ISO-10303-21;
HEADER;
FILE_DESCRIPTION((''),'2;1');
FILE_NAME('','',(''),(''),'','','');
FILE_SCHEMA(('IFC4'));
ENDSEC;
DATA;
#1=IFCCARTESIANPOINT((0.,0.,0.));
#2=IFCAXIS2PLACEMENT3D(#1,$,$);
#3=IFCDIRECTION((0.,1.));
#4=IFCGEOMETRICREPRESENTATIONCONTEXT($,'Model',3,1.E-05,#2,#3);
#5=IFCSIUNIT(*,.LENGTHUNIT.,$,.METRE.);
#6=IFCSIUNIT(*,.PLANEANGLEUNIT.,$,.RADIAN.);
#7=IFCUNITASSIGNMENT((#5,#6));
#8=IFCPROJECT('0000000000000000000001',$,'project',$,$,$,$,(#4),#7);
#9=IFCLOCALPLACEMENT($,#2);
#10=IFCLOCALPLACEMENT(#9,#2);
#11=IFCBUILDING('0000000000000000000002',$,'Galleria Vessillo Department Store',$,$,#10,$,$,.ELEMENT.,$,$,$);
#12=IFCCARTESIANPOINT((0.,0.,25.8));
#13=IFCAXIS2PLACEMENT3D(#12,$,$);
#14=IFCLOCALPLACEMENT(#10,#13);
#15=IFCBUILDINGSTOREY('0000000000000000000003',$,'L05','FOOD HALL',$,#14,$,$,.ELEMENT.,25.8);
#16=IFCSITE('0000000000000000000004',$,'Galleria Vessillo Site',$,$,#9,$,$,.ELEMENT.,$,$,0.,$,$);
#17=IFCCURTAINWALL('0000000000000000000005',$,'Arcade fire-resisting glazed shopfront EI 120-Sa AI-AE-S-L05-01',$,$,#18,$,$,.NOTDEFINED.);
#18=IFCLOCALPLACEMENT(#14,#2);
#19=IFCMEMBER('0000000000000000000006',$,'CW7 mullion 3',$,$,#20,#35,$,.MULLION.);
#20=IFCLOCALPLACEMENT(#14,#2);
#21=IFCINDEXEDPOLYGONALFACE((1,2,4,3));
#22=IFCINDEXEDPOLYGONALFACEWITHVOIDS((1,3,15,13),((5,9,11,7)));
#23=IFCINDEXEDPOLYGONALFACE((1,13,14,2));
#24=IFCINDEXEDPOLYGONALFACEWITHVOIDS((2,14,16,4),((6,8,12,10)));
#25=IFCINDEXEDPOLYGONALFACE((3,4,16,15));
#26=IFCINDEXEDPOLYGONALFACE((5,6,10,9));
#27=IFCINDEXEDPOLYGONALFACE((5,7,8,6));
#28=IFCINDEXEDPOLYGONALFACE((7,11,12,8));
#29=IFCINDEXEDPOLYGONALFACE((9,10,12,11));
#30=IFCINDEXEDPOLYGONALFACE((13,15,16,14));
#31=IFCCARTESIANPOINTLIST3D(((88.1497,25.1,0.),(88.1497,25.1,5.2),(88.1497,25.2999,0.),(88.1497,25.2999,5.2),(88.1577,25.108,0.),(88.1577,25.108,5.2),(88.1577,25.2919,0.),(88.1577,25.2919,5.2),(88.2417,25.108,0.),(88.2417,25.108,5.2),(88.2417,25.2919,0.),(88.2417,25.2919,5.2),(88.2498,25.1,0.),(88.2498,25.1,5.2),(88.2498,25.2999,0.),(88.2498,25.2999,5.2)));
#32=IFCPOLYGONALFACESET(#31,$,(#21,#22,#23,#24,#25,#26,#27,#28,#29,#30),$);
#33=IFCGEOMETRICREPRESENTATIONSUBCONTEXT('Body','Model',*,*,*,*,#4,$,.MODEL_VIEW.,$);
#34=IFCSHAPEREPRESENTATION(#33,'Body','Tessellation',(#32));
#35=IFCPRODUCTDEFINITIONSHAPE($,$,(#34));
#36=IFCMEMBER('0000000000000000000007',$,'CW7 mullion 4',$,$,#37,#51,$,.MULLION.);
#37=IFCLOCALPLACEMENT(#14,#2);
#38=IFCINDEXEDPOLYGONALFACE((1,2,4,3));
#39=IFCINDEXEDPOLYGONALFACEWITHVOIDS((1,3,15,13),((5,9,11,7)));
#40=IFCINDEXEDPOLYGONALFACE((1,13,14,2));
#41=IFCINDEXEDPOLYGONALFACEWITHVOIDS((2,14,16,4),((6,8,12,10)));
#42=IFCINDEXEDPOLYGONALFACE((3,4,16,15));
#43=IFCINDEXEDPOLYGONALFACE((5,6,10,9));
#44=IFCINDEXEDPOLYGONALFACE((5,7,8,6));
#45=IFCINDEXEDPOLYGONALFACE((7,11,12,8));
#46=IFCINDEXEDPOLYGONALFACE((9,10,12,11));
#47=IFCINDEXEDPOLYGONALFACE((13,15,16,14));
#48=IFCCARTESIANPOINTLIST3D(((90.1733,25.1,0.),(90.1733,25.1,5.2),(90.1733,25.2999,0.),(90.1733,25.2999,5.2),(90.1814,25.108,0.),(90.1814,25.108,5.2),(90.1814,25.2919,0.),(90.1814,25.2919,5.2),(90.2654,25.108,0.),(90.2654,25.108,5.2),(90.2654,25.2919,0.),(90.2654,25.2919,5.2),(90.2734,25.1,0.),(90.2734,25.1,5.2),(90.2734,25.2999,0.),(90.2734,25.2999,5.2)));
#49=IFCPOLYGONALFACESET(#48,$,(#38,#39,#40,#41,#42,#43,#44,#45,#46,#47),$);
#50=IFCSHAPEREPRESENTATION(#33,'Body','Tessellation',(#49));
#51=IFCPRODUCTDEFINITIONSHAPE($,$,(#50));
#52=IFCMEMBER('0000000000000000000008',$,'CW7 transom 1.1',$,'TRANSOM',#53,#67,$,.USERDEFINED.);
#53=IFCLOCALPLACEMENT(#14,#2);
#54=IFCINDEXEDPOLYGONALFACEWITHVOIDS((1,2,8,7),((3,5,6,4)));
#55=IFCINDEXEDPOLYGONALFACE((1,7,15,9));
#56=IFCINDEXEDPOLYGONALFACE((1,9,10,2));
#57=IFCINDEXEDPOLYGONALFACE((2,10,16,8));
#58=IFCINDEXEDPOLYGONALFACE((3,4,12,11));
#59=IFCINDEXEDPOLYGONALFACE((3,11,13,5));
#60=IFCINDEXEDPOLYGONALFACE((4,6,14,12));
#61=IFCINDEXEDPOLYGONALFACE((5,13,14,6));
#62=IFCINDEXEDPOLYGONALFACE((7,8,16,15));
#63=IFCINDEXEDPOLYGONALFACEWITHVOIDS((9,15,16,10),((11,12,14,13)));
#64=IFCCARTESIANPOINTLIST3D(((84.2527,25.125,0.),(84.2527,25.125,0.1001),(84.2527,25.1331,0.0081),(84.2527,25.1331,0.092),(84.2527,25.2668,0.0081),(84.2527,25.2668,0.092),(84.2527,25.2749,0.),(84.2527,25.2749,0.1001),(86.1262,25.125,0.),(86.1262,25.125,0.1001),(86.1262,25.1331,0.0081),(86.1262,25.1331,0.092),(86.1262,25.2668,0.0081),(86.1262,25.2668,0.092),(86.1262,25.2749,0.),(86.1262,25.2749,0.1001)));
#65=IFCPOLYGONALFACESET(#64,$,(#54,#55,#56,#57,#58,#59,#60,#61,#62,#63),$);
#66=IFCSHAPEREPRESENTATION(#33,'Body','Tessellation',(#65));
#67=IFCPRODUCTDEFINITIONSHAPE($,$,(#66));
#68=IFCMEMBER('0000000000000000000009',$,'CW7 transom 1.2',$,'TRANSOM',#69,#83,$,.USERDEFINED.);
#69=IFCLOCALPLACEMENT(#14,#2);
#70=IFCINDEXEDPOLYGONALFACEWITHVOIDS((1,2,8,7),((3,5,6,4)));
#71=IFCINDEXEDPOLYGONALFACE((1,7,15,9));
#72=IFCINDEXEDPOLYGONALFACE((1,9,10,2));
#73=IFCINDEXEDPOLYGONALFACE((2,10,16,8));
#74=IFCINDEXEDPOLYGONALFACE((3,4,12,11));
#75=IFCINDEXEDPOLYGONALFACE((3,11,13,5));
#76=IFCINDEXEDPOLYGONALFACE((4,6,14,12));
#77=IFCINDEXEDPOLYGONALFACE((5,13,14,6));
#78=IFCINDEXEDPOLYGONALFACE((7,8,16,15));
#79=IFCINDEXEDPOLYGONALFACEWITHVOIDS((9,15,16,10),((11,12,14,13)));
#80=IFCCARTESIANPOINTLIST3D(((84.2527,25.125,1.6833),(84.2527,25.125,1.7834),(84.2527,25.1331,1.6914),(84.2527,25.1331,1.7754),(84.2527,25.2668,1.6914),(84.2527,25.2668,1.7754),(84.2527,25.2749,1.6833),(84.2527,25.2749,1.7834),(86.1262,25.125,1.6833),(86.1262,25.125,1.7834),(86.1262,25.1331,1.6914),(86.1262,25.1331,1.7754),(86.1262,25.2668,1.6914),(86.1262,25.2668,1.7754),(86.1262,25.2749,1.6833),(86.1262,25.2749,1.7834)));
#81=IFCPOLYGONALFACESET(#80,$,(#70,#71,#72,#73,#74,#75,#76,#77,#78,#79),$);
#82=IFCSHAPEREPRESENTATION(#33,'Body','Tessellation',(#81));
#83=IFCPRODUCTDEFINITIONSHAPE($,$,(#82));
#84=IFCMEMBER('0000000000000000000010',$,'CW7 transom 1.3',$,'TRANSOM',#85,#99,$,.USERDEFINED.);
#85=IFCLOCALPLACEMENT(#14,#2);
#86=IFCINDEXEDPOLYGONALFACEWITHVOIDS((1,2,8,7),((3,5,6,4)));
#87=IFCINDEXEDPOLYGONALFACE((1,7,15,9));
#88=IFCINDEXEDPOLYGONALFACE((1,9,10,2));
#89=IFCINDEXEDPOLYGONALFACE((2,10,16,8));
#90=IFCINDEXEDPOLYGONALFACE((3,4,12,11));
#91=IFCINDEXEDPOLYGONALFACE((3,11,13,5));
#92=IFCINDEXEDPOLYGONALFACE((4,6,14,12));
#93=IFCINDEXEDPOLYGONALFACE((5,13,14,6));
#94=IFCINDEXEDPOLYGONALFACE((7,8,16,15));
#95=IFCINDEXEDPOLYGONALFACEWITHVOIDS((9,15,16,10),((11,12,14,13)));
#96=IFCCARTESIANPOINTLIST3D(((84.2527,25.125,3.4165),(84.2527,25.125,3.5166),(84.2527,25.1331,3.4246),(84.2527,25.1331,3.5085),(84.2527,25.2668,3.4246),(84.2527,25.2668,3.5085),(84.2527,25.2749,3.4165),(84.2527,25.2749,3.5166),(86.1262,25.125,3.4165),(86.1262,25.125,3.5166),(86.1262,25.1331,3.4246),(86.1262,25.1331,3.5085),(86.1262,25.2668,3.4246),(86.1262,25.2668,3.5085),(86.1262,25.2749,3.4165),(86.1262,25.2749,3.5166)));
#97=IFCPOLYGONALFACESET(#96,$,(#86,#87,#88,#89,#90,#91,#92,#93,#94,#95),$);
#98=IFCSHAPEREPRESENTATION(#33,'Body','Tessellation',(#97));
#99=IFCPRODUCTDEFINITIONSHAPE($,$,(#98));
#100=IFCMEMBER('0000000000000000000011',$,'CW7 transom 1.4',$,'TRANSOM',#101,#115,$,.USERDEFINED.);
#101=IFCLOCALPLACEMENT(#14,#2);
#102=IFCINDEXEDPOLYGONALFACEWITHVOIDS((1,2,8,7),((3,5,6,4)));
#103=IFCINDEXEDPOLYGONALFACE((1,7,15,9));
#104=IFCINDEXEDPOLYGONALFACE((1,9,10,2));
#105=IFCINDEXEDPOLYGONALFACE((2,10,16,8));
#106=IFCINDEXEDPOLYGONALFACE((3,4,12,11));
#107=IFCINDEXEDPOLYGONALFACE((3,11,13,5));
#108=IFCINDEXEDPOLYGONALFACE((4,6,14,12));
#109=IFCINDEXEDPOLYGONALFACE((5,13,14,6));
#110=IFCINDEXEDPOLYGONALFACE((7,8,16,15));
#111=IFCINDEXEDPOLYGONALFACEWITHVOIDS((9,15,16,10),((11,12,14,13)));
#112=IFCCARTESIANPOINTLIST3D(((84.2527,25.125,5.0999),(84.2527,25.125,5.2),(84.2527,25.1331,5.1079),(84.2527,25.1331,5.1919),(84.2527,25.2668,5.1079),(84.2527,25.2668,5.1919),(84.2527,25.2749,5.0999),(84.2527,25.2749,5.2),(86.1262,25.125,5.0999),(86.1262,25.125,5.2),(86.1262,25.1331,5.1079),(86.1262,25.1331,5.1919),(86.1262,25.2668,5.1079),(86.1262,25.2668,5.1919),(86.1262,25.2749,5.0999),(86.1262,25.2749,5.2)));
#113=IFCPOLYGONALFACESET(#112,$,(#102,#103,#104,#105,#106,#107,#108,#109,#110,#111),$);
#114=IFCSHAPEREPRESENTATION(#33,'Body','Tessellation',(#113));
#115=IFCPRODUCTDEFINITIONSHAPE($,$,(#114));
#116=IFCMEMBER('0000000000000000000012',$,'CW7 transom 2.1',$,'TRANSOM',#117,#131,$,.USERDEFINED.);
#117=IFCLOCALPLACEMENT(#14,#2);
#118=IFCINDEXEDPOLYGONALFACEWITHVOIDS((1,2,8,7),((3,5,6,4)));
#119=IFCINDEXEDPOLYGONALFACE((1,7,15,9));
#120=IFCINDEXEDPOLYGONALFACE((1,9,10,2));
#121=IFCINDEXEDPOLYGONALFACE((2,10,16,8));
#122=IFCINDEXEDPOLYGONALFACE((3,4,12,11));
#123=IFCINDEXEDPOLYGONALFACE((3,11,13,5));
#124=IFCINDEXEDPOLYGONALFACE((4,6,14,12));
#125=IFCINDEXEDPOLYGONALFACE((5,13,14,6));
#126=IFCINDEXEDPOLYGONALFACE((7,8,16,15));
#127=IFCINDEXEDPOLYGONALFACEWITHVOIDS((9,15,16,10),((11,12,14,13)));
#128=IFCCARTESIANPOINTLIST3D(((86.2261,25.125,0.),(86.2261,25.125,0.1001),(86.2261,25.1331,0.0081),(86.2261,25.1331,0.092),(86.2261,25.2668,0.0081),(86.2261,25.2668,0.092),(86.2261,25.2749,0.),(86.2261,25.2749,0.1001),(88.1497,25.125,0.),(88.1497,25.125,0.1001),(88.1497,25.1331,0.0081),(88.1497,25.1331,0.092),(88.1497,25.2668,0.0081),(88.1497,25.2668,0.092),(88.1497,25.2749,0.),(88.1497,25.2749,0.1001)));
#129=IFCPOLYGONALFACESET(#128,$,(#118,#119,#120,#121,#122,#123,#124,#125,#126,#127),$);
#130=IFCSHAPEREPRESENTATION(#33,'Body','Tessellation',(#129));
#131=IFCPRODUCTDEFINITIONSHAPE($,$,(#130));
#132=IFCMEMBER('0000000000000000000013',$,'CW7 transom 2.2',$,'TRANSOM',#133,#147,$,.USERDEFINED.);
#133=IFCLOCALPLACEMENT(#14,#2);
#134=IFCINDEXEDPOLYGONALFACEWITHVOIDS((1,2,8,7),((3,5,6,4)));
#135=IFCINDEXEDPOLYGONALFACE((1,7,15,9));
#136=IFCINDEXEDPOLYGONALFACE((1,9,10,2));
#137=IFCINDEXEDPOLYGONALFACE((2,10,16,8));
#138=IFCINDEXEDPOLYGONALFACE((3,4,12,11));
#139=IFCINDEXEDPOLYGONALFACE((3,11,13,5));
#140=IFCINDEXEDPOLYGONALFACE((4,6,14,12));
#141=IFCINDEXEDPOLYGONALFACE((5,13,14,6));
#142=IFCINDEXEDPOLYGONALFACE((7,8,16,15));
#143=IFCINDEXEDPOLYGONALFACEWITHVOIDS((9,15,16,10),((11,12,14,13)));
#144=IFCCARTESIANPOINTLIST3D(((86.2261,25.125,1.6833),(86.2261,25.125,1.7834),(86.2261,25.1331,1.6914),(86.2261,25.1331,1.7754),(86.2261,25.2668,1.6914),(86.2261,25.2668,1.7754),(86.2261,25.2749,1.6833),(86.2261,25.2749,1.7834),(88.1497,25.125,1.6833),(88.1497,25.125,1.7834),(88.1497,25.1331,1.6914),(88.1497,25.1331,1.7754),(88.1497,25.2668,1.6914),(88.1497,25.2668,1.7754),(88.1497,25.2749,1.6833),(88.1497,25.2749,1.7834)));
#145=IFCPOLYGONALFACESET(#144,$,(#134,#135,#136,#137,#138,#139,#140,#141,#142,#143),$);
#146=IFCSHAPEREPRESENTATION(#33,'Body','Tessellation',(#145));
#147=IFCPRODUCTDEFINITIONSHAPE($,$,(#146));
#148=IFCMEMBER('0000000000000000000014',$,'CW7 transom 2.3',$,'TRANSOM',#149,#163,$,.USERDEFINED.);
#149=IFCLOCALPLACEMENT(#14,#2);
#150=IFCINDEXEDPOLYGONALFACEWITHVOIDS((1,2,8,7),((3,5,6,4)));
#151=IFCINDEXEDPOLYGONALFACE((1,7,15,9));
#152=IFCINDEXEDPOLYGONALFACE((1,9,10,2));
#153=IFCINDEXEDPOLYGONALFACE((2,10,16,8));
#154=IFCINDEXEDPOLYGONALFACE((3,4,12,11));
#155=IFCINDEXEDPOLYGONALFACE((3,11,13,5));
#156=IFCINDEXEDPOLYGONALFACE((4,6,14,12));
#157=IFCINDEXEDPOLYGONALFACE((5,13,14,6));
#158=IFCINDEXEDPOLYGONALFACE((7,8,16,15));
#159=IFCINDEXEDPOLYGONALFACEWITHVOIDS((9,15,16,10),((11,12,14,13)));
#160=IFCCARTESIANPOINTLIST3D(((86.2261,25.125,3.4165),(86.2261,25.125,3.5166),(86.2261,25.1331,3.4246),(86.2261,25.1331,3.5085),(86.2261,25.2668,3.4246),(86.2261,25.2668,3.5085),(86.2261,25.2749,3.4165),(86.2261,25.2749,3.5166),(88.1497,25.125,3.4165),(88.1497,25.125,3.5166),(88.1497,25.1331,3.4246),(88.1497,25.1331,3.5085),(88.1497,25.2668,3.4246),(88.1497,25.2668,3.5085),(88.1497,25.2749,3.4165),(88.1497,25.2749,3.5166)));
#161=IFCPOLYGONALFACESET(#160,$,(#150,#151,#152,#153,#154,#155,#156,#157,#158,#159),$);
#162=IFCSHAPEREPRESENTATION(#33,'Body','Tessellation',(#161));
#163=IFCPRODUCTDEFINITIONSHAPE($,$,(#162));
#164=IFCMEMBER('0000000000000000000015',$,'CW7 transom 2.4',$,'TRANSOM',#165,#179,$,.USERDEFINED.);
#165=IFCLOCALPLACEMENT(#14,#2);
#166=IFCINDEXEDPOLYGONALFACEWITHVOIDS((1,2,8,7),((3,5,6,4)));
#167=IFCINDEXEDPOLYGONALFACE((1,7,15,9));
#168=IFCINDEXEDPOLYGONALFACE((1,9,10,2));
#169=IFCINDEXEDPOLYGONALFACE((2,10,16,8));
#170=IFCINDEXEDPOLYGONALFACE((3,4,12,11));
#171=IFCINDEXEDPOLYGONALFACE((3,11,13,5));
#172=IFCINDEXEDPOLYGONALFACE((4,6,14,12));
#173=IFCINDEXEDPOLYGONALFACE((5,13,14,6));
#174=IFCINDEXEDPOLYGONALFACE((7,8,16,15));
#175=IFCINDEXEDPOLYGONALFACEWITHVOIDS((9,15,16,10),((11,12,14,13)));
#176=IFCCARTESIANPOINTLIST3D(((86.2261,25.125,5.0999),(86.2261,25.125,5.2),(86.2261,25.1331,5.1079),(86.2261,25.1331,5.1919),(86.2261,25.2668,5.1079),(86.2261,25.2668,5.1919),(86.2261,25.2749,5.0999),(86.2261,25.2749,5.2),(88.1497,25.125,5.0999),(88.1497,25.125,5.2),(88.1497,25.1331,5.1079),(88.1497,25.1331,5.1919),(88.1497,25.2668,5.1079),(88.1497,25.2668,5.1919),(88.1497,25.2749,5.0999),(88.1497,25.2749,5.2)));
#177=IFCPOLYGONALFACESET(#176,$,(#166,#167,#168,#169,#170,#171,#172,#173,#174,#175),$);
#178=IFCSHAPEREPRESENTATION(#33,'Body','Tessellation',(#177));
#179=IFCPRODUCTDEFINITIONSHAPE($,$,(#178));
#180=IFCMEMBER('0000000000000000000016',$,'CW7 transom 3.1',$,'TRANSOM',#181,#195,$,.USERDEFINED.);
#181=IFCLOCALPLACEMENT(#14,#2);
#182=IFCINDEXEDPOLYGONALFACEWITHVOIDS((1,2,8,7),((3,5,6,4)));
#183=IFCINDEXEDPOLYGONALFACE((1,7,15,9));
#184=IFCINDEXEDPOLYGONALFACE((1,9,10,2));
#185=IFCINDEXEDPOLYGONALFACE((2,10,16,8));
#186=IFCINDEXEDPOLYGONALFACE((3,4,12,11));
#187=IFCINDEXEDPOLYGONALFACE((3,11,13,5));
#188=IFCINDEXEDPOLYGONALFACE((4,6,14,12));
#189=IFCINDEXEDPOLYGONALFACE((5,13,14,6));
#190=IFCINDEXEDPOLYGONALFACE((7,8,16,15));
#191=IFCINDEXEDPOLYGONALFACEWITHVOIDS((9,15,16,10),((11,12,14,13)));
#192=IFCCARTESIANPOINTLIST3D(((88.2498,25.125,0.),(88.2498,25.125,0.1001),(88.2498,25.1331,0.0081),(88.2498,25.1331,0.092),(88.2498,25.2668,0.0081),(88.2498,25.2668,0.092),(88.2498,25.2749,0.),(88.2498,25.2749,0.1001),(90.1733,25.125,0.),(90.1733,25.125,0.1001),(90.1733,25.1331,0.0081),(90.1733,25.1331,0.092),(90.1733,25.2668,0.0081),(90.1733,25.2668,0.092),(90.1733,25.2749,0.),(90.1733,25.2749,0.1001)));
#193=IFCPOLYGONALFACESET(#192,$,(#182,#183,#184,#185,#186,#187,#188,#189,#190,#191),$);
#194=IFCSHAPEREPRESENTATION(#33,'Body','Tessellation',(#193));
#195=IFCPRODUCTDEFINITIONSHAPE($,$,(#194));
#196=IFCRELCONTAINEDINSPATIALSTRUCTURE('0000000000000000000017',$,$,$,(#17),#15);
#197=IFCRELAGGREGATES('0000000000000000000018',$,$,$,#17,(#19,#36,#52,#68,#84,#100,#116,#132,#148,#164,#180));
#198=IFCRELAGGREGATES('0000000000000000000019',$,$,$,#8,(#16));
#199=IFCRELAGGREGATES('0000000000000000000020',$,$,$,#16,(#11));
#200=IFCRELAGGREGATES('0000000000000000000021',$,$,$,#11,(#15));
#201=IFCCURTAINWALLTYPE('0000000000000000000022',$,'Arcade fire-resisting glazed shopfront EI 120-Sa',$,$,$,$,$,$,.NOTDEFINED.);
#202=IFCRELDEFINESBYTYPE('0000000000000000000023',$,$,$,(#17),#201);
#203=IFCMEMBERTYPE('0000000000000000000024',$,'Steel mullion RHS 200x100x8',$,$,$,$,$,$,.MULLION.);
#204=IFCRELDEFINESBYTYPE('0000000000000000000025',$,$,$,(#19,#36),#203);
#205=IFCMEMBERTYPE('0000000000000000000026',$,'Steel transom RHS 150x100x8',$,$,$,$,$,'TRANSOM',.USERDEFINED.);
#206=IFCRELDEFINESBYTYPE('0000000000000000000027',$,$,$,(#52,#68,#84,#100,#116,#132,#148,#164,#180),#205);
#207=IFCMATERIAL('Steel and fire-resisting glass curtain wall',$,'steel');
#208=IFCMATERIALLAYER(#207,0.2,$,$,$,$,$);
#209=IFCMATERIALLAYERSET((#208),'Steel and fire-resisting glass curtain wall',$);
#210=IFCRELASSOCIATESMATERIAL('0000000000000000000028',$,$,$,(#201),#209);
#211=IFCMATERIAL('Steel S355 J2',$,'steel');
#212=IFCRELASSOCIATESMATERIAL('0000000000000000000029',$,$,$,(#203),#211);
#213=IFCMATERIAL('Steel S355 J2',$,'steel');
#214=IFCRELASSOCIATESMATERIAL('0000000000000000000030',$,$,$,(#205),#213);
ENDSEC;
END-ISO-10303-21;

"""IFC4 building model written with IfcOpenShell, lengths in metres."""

from ifc_helpers import new_model, si_unit, direction, frame, origin, origin_2d, place, context, subcontext, project, spatial, hollow_rectangle, extrude, material, layer, layer_set, material_profile, profile_set, type_object, element, aggregate, save


model = new_model("IFC4")

# Units and contexts
model_context = context("Model", 3, precision=1e-05, world=origin(), true_north=direction((0.0, 1.0)))
body_context = subcontext(model_context, "Body", "Model", "MODEL_VIEW")
ifc_project = project(units=[si_unit("LENGTHUNIT", "METRE"), si_unit("PLANEANGLEUNIT", "RADIAN")], contexts=[model_context])

# Site, building, storey
site_placement = place(None, origin())
site = spatial("IfcSite", under=ifc_project, at=site_placement, Name="Galleria Vessillo Site", CompositionType="ELEMENT", RefElevation=0.0)
building_placement = place(site_placement, origin())
building = spatial("IfcBuilding", under=site, at=building_placement, Name="Galleria Vessillo Department Store", CompositionType="ELEMENT")
storey_placement = place(building_placement, frame((0.0, 0.0, 25.8)))
storey = spatial("IfcBuildingStorey", under=building, at=storey_placement, Name="L05", Description="FOOD HALL", CompositionType="ELEMENT", Elevation=25.8)

# Curtain wall, members
ifc_material_1 = material(Name="Steel and fire-resisting glass curtain wall", Category="steel")
ifc_layer_1 = layer(ifc_material_1, 0.2)
ifc_layer_set_1 = layer_set([ifc_layer_1], Name="Steel and fire-resisting glass curtain wall")
curtain_wall_type = type_object("IfcCurtainWallType", Name="Arcade fire-resisting glazed shopfront EI 120-Sa", PredefinedType="NOTDEFINED", material=ifc_layer_set_1)
curtain_wall_placement = place(storey_placement, origin())
curtain_wall = element("IfcCurtainWall", 1, at=curtain_wall_placement, inside=storey, type_object=curtain_wall_type, Name="Arcade fire-resisting glazed shopfront EI 120-Sa AI-AE-S-L05-01", PredefinedType="NOTDEFINED")
ifc_material_2 = material(Name="Steel S355 J2", Category="steel")
ifc_material_profile_1 = material_profile(ifc_material_2, hollow_rectangle(XDim=0.2, YDim=0.1001, WallThickness=0.0081, at=origin_2d()), Name="RHS 200x100x8")
ifc_profile_set_1 = profile_set([ifc_material_profile_1], Name="Steel S355 J2")
member_type_1 = type_object("IfcMemberType", Name="Steel mullion RHS 200x100x8", PredefinedType="MULLION", material=ifc_profile_set_1)
member_1_placement = place(storey_placement, frame((88.1997, 25.2, 0.0), z_axis=(0.0, 0.0, 1.0), x_axis=(0.0, 1.0, 0.0)))
member_1 = element("IfcMember", 2, at=member_1_placement, type_object=member_type_1, Name="CW7 mullion 3", PredefinedType="MULLION", context=body_context, shape_type="SweptSolid", body=[
    extrude(hollow_rectangle(XDim=0.2, YDim=0.1001, WallThickness=0.0081, at=origin_2d()), origin(), (0.0, 0.0, 1.0), 5.2),
])
member_2_placement = place(storey_placement, frame((90.2234, 25.2, 0.0), z_axis=(0.0, 0.0, 1.0), x_axis=(0.0, 1.0, 0.0)))
member_2 = element("IfcMember", 3, at=member_2_placement, type_object=member_type_1, Name="CW7 mullion 4", PredefinedType="MULLION", context=body_context, shape_type="SweptSolid", body=[
    extrude(hollow_rectangle(XDim=0.2, YDim=0.1001, WallThickness=0.0081, at=origin_2d()), origin(), (0.0, 0.0, 1.0), 5.2),
])
ifc_material_3 = material(Name="Steel S355 J2", Category="steel")
ifc_material_profile_2 = material_profile(ifc_material_3, hollow_rectangle(XDim=0.1499, YDim=0.1001, WallThickness=0.0081, at=origin_2d()), Name="RHS 150x100x8")
ifc_profile_set_2 = profile_set([ifc_material_profile_2], Name="Steel S355 J2")
member_type_2 = type_object("IfcMemberType", Name="Steel transom RHS 150x100x8", ElementType="TRANSOM", PredefinedType="USERDEFINED", material=ifc_profile_set_2)
member_3_placement = place(storey_placement, frame((84.2527, 25.2, 0.05), z_axis=(1.0, 0.0, 0.0), x_axis=(0.0, 1.0, 0.0)))
member_3 = element("IfcMember", 4, at=member_3_placement, type_object=member_type_2, Name="CW7 transom 1.1", ObjectType="TRANSOM", PredefinedType="USERDEFINED", context=body_context, shape_type="SweptSolid", body=[
    extrude(hollow_rectangle(XDim=0.1499, YDim=0.1001, WallThickness=0.0081, at=origin_2d()), origin(), (0.0, 0.0, 1.0), 1.8735),
])
member_4_placement = place(storey_placement, frame((84.2527, 25.2, 1.7334), z_axis=(1.0, 0.0, 0.0), x_axis=(0.0, 1.0, 0.0)))
member_4 = element("IfcMember", 5, at=member_4_placement, type_object=member_type_2, Name="CW7 transom 1.2", ObjectType="TRANSOM", PredefinedType="USERDEFINED", context=body_context, shape_type="SweptSolid", body=[
    extrude(hollow_rectangle(XDim=0.1499, YDim=0.1001, WallThickness=0.0081, at=origin_2d()), origin(), (0.0, 0.0, 1.0), 1.8735),
])
member_5_placement = place(storey_placement, frame((84.2527, 25.2, 3.4666), z_axis=(1.0, 0.0, 0.0), x_axis=(0.0, 1.0, 0.0)))
member_5 = element("IfcMember", 6, at=member_5_placement, type_object=member_type_2, Name="CW7 transom 1.3", ObjectType="TRANSOM", PredefinedType="USERDEFINED", context=body_context, shape_type="SweptSolid", body=[
    extrude(hollow_rectangle(XDim=0.1499, YDim=0.1001, WallThickness=0.0081, at=origin_2d()), origin(), (0.0, 0.0, 1.0), 1.8735),
])
member_6_placement = place(storey_placement, frame((84.2527, 25.2, 5.1499), z_axis=(1.0, 0.0, 0.0), x_axis=(0.0, 1.0, 0.0)))
member_6 = element("IfcMember", 7, at=member_6_placement, type_object=member_type_2, Name="CW7 transom 1.4", ObjectType="TRANSOM", PredefinedType="USERDEFINED", context=body_context, shape_type="SweptSolid", body=[
    extrude(hollow_rectangle(XDim=0.1499, YDim=0.1001, WallThickness=0.0081, at=origin_2d()), origin(), (0.0, 0.0, 1.0), 1.8735),
])
member_7_placement = place(storey_placement, frame((86.2261, 25.2, 0.05), z_axis=(1.0, 0.0, 0.0), x_axis=(0.0, 1.0, 0.0)))
member_7 = element("IfcMember", 8, at=member_7_placement, type_object=member_type_2, Name="CW7 transom 2.1", ObjectType="TRANSOM", PredefinedType="USERDEFINED", context=body_context, shape_type="SweptSolid", body=[
    extrude(hollow_rectangle(XDim=0.1499, YDim=0.1001, WallThickness=0.0081, at=origin_2d()), origin(), (0.0, 0.0, 1.0), 1.9236),
])
member_8_placement = place(storey_placement, frame((86.2261, 25.2, 1.7334), z_axis=(1.0, 0.0, 0.0), x_axis=(0.0, 1.0, 0.0)))
member_8 = element("IfcMember", 9, at=member_8_placement, type_object=member_type_2, Name="CW7 transom 2.2", ObjectType="TRANSOM", PredefinedType="USERDEFINED", context=body_context, shape_type="SweptSolid", body=[
    extrude(hollow_rectangle(XDim=0.1499, YDim=0.1001, WallThickness=0.0081, at=origin_2d()), origin(), (0.0, 0.0, 1.0), 1.9236),
])
member_9_placement = place(storey_placement, frame((86.2261, 25.2, 3.4666), z_axis=(1.0, 0.0, 0.0), x_axis=(0.0, 1.0, 0.0)))
member_9 = element("IfcMember", 10, at=member_9_placement, type_object=member_type_2, Name="CW7 transom 2.3", ObjectType="TRANSOM", PredefinedType="USERDEFINED", context=body_context, shape_type="SweptSolid", body=[
    extrude(hollow_rectangle(XDim=0.1499, YDim=0.1001, WallThickness=0.0081, at=origin_2d()), origin(), (0.0, 0.0, 1.0), 1.9236),
])
member_10_placement = place(storey_placement, frame((86.2261, 25.2, 5.1499), z_axis=(1.0, 0.0, 0.0), x_axis=(0.0, 1.0, 0.0)))
member_10 = element("IfcMember", 11, at=member_10_placement, type_object=member_type_2, Name="CW7 transom 2.4", ObjectType="TRANSOM", PredefinedType="USERDEFINED", context=body_context, shape_type="SweptSolid", body=[
    extrude(hollow_rectangle(XDim=0.1499, YDim=0.1001, WallThickness=0.0081, at=origin_2d()), origin(), (0.0, 0.0, 1.0), 1.9236),
])
member_11_placement = place(storey_placement, frame((88.2498, 25.2, 0.05), z_axis=(1.0, 0.0, 0.0), x_axis=(0.0, 1.0, 0.0)))
member_11 = element("IfcMember", 12, at=member_11_placement, type_object=member_type_2, Name="CW7 transom 3.1", ObjectType="TRANSOM", PredefinedType="USERDEFINED", context=body_context, shape_type="SweptSolid", body=[
    extrude(hollow_rectangle(XDim=0.1499, YDim=0.1001, WallThickness=0.0081, at=origin_2d()), origin(), (0.0, 0.0, 1.0), 1.9236),
])

aggregate(curtain_wall, [member_1, member_2, member_3, member_4, member_5, member_6, member_7, member_8, member_9, member_10, member_11])

save(model, "model.ifc")
